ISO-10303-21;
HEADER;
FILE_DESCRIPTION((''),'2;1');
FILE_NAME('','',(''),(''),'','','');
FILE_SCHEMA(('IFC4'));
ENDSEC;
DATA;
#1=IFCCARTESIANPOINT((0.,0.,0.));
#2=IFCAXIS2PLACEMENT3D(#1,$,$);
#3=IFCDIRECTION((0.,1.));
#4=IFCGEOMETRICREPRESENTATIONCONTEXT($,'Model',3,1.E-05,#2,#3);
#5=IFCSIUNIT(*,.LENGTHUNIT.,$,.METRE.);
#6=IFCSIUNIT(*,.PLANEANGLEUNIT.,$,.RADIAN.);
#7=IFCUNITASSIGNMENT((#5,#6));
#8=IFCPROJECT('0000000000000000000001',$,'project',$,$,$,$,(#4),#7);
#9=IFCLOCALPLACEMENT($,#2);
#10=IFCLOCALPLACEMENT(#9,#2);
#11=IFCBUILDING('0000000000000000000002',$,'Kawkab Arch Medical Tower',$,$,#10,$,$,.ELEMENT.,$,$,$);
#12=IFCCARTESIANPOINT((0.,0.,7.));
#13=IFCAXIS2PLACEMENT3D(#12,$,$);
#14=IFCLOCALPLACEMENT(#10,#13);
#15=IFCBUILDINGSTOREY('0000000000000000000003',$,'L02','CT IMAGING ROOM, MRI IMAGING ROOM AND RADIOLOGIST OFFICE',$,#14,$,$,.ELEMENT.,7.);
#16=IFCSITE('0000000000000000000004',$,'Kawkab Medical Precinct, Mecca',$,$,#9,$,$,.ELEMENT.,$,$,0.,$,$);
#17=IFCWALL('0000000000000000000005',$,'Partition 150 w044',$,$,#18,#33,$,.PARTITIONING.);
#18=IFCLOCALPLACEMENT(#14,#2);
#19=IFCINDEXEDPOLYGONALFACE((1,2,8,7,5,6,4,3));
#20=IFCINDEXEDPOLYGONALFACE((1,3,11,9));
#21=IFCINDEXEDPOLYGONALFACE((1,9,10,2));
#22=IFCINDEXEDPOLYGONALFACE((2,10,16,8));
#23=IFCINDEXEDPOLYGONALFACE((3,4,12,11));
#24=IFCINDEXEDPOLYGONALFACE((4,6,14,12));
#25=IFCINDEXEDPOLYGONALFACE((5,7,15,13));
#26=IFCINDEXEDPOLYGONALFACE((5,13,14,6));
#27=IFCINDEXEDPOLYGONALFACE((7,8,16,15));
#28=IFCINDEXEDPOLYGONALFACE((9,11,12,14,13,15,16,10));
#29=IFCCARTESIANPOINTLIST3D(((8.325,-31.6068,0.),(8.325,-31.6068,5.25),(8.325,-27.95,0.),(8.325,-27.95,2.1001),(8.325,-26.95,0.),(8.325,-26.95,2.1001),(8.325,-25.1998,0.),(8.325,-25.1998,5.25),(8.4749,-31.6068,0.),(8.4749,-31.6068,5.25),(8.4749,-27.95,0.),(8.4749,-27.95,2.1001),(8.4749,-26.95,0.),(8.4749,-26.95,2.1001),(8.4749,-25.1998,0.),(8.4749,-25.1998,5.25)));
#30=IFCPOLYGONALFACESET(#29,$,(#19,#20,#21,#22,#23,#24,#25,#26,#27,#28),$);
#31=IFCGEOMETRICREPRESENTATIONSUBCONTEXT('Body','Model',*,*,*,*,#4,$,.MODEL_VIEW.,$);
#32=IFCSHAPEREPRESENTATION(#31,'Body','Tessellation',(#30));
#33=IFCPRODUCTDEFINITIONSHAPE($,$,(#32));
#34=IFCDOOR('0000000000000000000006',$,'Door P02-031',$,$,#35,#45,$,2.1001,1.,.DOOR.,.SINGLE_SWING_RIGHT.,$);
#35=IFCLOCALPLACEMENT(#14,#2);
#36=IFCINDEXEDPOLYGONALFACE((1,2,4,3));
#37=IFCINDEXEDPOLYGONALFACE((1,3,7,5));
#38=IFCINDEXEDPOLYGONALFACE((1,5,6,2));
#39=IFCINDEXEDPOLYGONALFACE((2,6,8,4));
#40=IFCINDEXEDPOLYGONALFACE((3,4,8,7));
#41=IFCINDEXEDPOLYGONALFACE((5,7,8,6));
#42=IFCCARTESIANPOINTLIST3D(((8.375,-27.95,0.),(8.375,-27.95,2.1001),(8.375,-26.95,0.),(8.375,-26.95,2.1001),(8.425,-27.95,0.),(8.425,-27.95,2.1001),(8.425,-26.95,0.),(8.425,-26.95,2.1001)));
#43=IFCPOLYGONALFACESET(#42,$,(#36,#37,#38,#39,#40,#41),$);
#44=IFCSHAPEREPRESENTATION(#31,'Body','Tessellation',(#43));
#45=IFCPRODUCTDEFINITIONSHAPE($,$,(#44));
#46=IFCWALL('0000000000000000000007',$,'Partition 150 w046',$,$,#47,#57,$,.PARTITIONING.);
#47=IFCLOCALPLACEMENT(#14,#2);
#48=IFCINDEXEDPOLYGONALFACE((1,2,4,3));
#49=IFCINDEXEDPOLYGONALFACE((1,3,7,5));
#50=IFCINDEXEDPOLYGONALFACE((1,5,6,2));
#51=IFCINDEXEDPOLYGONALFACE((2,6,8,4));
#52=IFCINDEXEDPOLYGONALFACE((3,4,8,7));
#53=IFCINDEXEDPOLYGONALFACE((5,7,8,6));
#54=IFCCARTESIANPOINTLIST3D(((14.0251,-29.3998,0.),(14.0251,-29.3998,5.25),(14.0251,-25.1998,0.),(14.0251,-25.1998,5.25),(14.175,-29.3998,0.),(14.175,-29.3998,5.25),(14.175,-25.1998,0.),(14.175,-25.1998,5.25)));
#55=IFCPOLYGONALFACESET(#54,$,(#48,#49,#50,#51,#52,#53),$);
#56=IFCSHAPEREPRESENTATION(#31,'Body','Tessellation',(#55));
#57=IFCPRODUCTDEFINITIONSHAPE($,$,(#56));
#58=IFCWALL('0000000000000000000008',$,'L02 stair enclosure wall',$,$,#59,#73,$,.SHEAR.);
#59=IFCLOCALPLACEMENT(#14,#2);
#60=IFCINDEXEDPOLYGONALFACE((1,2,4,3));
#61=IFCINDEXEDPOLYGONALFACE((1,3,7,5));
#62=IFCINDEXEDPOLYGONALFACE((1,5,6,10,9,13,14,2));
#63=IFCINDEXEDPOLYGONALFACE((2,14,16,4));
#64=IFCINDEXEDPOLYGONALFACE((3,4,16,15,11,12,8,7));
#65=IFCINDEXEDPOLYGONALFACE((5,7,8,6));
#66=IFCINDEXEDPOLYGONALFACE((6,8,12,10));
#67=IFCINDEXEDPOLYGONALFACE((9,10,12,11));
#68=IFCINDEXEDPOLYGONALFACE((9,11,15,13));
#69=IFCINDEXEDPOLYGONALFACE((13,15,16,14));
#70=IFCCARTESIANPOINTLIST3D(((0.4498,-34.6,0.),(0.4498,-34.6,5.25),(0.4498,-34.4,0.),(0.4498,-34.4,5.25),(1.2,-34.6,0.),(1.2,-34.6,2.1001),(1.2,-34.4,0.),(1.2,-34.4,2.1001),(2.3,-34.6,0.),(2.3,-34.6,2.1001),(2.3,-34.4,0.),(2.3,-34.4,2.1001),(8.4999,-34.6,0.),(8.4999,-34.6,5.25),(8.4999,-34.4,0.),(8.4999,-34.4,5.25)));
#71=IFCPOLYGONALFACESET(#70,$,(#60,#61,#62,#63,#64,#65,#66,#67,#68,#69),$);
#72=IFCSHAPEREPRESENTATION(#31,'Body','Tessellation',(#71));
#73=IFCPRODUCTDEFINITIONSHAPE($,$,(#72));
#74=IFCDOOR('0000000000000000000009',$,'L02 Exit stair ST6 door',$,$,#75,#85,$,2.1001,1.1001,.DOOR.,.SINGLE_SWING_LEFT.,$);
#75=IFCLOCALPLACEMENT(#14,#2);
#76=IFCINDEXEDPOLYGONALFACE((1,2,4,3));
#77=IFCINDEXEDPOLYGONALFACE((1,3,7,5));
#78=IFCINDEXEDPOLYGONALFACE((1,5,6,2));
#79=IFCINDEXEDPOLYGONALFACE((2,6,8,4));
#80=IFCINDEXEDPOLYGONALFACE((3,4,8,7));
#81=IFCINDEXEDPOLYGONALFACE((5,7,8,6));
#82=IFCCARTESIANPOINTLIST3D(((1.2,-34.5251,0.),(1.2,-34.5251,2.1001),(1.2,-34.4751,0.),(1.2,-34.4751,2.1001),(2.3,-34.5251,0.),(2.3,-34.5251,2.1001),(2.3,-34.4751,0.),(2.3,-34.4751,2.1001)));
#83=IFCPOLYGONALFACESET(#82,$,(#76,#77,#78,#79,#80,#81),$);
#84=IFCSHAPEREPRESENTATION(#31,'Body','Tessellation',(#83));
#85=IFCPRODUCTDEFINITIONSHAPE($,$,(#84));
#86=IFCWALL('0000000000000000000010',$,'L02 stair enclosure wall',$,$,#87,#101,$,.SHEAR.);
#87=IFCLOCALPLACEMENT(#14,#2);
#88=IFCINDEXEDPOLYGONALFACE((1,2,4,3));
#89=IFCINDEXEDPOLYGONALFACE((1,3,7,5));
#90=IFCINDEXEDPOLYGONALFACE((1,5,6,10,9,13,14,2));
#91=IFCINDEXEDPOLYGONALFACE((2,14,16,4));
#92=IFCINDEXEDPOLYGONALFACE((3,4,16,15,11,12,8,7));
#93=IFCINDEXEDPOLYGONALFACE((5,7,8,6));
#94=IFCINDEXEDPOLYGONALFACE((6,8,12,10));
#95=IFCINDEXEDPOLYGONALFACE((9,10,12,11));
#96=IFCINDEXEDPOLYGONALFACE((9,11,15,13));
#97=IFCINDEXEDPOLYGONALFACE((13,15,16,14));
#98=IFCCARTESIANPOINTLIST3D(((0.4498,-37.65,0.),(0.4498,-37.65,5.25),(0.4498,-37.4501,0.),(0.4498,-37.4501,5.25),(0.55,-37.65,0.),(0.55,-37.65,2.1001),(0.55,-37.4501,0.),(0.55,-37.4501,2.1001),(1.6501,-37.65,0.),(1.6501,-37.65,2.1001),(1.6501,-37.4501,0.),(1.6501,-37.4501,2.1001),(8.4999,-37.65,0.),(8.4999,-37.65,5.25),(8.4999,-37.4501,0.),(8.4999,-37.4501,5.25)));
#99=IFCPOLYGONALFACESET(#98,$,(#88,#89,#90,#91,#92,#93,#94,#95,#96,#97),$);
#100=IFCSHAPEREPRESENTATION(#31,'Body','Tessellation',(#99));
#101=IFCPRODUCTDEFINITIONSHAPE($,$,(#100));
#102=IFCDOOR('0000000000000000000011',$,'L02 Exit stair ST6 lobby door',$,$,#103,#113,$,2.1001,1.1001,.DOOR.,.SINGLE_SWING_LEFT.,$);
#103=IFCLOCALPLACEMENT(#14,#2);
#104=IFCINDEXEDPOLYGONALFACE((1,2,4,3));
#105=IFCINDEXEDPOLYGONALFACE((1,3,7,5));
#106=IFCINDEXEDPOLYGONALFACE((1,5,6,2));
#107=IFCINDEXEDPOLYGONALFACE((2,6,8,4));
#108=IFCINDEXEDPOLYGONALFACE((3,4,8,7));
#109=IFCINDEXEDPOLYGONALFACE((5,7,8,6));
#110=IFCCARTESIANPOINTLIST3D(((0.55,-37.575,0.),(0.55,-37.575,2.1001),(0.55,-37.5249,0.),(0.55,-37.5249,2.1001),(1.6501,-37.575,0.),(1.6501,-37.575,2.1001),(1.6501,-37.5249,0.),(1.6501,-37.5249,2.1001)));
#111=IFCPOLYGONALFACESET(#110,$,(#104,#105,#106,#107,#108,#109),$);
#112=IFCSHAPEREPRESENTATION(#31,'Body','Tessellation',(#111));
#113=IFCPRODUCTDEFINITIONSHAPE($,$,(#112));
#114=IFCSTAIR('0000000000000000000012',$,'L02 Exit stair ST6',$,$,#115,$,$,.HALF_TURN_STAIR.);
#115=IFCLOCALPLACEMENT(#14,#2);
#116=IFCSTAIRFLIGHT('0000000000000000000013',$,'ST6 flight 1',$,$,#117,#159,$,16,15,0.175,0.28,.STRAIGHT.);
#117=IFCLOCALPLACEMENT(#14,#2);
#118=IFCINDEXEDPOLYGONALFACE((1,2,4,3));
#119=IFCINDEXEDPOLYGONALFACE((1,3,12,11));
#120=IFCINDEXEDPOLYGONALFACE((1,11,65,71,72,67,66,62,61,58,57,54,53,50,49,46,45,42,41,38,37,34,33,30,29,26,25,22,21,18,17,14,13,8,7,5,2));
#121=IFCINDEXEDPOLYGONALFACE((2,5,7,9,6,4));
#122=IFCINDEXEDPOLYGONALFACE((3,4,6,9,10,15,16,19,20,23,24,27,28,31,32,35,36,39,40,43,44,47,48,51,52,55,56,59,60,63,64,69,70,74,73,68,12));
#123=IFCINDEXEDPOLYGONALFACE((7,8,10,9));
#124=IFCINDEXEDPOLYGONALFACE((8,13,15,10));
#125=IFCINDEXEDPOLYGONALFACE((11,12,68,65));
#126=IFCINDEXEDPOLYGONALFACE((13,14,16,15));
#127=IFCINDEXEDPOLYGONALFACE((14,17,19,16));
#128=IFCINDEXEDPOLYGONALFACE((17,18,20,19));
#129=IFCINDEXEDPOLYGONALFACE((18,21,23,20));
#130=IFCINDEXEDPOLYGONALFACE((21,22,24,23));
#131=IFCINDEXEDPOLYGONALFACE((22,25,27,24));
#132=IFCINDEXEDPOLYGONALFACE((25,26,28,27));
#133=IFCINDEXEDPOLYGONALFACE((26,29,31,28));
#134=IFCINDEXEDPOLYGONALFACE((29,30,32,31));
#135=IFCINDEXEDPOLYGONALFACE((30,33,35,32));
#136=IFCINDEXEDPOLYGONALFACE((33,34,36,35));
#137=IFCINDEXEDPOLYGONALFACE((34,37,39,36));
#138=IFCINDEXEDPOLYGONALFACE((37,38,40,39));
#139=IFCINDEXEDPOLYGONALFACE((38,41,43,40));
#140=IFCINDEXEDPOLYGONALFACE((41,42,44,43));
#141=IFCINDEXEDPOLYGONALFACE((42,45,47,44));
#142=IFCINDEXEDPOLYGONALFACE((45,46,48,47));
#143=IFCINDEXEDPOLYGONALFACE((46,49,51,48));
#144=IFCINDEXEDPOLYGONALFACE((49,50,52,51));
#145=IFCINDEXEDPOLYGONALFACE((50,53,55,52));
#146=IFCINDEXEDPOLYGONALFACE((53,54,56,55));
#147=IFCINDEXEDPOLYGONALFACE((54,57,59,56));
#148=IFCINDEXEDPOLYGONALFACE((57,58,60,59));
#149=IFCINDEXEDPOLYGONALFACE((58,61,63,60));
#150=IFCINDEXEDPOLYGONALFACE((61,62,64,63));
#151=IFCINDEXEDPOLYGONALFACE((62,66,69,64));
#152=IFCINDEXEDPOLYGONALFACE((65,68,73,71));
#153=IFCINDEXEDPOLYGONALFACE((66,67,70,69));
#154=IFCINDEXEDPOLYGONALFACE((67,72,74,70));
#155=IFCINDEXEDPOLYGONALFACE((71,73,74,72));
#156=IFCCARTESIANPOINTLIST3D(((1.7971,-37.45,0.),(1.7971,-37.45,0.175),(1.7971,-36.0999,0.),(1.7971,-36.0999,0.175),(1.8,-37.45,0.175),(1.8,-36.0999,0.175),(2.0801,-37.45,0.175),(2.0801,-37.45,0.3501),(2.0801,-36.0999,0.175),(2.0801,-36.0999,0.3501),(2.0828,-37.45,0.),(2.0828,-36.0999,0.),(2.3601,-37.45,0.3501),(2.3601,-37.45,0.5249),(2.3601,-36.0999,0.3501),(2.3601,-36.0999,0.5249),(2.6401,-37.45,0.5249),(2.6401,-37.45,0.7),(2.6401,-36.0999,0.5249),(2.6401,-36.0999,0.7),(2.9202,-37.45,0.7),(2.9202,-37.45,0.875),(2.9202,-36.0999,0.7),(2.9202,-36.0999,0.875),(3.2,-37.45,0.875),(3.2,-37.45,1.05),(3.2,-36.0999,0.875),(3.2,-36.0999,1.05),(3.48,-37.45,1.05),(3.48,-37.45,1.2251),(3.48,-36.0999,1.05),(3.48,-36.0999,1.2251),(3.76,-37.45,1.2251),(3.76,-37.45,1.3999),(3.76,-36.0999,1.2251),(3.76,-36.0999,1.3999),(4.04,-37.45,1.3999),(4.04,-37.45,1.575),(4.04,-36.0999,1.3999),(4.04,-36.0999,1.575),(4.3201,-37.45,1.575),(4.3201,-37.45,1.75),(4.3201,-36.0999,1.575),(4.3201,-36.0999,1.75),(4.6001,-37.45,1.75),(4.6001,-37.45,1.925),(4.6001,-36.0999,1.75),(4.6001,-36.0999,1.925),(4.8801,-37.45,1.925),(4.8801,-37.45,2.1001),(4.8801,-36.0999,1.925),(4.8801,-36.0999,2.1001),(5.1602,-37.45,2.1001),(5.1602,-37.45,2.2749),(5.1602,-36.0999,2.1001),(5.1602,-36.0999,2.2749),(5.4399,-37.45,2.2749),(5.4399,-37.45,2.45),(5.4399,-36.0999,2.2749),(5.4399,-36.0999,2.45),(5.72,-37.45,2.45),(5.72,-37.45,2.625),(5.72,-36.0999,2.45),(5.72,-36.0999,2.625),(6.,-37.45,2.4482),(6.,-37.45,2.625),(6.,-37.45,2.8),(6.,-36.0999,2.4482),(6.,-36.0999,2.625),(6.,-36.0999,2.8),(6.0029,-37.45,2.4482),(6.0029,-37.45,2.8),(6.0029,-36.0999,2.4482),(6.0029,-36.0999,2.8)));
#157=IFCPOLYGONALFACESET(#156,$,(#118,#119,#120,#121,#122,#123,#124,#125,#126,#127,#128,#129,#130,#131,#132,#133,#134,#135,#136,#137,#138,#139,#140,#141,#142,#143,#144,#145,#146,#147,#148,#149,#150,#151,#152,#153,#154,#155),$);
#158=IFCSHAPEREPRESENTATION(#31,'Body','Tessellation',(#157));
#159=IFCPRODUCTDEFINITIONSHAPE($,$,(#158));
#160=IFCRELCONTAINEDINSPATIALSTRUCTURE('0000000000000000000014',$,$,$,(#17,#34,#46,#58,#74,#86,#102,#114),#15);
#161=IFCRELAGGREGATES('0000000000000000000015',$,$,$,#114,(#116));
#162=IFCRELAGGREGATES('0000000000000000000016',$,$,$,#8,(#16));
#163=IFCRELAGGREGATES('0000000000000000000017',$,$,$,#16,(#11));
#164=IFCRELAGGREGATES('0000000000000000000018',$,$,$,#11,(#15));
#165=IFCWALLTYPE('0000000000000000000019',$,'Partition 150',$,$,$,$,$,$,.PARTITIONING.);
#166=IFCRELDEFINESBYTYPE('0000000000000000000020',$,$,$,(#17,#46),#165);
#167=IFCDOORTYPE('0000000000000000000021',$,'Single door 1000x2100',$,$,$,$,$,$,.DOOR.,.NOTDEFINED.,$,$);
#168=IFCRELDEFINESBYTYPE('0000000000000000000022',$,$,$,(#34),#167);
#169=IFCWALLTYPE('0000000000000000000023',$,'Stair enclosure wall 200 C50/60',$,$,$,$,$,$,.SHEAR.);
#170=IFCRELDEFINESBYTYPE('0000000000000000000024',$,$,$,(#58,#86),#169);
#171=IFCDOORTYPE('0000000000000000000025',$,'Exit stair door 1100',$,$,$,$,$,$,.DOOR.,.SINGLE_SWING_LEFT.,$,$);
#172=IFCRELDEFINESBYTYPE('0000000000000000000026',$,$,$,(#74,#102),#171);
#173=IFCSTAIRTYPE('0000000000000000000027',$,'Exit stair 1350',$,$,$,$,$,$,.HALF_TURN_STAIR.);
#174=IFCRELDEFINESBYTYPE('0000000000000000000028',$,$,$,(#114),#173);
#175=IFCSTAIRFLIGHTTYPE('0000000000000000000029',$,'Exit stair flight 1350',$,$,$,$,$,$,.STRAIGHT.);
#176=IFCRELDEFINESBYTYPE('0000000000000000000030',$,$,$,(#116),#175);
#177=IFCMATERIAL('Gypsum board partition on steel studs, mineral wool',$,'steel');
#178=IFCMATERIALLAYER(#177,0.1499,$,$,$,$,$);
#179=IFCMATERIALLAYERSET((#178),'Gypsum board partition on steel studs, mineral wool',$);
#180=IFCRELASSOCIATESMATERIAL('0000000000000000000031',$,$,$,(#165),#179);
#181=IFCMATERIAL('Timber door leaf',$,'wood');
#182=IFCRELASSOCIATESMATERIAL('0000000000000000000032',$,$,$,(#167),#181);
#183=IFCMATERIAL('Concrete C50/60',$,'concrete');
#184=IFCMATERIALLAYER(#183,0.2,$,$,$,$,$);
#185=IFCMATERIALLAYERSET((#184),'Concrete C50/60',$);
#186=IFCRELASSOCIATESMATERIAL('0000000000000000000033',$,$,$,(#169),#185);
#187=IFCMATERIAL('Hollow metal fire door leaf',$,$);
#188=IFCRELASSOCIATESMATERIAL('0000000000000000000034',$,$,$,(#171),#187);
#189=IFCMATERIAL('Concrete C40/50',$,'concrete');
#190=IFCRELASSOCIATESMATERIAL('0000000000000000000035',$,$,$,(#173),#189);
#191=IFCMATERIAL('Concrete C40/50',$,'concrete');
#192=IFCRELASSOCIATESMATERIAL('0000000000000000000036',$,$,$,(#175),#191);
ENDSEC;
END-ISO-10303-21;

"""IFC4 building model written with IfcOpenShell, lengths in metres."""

from ifc_helpers import new_model, si_unit, direction, frame, frame_2d, origin, place, context, subcontext, project, spatial, polyline, rectangle, outline, extrude, material, layer, layer_set, type_object, element, fill, aggregate, save


model = new_model("IFC4")

# Units and contexts
model_context = context("Model", 3, precision=1e-05, world=origin(), true_north=direction((0.0, 1.0)))
body_context = subcontext(model_context, "Body", "Model", "MODEL_VIEW")
ifc_project = project(units=[si_unit("LENGTHUNIT", "METRE"), si_unit("PLANEANGLEUNIT", "RADIAN")], contexts=[model_context])

# Site, building, storey
site_placement = place(None, origin())
site = spatial("IfcSite", under=ifc_project, at=site_placement, Name="Kawkab Medical Precinct, Mecca", CompositionType="ELEMENT", RefElevation=0.0)
building_placement = place(site_placement, origin())
building = spatial("IfcBuilding", under=site, at=building_placement, Name="Kawkab Arch Medical Tower", CompositionType="ELEMENT")
storey_placement = place(building_placement, frame((0.0, 0.0, 7.0)))
storey = spatial("IfcBuildingStorey", under=building, at=storey_placement, Name="L02", Description="CT IMAGING ROOM, MRI IMAGING ROOM AND RADIOLOGIST OFFICE", CompositionType="ELEMENT", Elevation=7.0)

# Shared definitions
ifc_material_1 = material(Name="Gypsum board partition on steel studs, mineral wool", Category="steel")
ifc_layer_1 = layer(ifc_material_1, 0.1499)
ifc_layer_set_1 = layer_set([ifc_layer_1], Name="Gypsum board partition on steel studs, mineral wool")
wall_type_1 = type_object("IfcWallType", Name="Partition 150", PredefinedType="PARTITIONING", material=ifc_layer_set_1)

# Wall, opening, door
wall_1_placement = place(storey_placement, frame((8.3999, -31.6069, 0.0), z_axis=(0.0, 0.0, 1.0), x_axis=(0.0, 1.0, 0.0)))
wall_1 = element("IfcWall", 1, at=wall_1_placement, inside=storey, type_object=wall_type_1, Name="Partition 150 w044", PredefinedType="PARTITIONING", context=body_context, shape_type="SweptSolid", body=[
    extrude(rectangle(XDim=6.407, YDim=0.1499, at=frame_2d((3.2036, 0.0))), origin(), (0.0, 0.0, 1.0), 5.25),
])
opening_1_placement = place(wall_1_placement, frame((3.657, 0.0, 0.0)))
opening_1 = element("IfcOpeningElement", 2, at=opening_1_placement, cuts=wall_1, PredefinedType="OPENING", context=body_context, shape_type="SweptSolid", body=[
    extrude(rectangle(XDim=1.0, YDim=2.1001, at=frame_2d((0.5, 1.05))), frame((0.0, 0.085, 0.0), z_axis=(0.0, -1.0, 0.0), x_axis=(1.0, 0.0, 0.0)), (0.0, 0.0, 1.0), 0.1699),
])
ifc_material_2 = material(Name="Timber door leaf", Category="wood")
door_type_1 = type_object("IfcDoorType", Name="Single door 1000x2100", OperationType="NOTDEFINED", PredefinedType="DOOR", material=ifc_material_2)
door_1_placement = place(opening_1_placement, origin())
door_1 = element("IfcDoor", 3, at=door_1_placement, inside=storey, type_object=door_type_1, Name="Door P02-031", OperationType="SINGLE_SWING_RIGHT", OverallHeight=2.1001, OverallWidth=1.0, PredefinedType="DOOR", context=body_context, shape_type="SweptSolid", body=[
    extrude(rectangle(XDim=1.0, YDim=2.1001, at=frame_2d((0.5, 1.05))), frame((0.0, 0.0249, 0.0), z_axis=(0.0, -1.0, 0.0), x_axis=(1.0, 0.0, 0.0)), (0.0, 0.0, 1.0), 0.05),
])
fill(opening_1, door_1)

# Wall
wall_2_placement = place(storey_placement, frame((14.1001, -29.3999, 0.0), z_axis=(0.0, 0.0, 1.0), x_axis=(0.0, 1.0, 0.0)))
element("IfcWall", 4, at=wall_2_placement, inside=storey, type_object=wall_type_1, Name="Partition 150 w046", PredefinedType="PARTITIONING", context=body_context, shape_type="SweptSolid", body=[
    extrude(rectangle(XDim=4.2, YDim=0.1499, at=frame_2d((2.1001, 0.0))), origin(), (0.0, 0.0, 1.0), 5.25),
])

# Walls, openings, doors
ifc_material_3 = material(Name="Concrete C50/60", Category="concrete")
ifc_layer_2 = layer(ifc_material_3, 0.2)
ifc_layer_set_2 = layer_set([ifc_layer_2], Name="Concrete C50/60")
wall_type_2 = type_object("IfcWallType", Name="Stair enclosure wall 200 C50/60", PredefinedType="SHEAR", material=ifc_layer_set_2)
wall_3_placement = place(storey_placement, frame((0.45, -34.5, 0.0), z_axis=(0.0, 0.0, 1.0), x_axis=(1.0, 0.0, 0.0)))
wall_3 = element("IfcWall", 5, at=wall_3_placement, inside=storey, type_object=wall_type_2, Name="L02 stair enclosure wall", PredefinedType="SHEAR", context=body_context, shape_type="SweptSolid", body=[
    extrude(rectangle(XDim=8.05, YDim=0.2, at=frame_2d((4.0249, 0.0))), origin(), (0.0, 0.0, 1.0), 5.25),
])
opening_2_placement = place(wall_3_placement, frame((0.75, 0.0, 0.0)))
opening_2 = element("IfcOpeningElement", 6, at=opening_2_placement, cuts=wall_3, PredefinedType="OPENING", context=body_context, shape_type="SweptSolid", body=[
    extrude(rectangle(XDim=1.1001, YDim=2.1001, at=frame_2d((0.55, 1.05))), frame((0.0, 0.1099, 0.0), z_axis=(0.0, -1.0, 0.0), x_axis=(1.0, 0.0, 0.0)), (0.0, 0.0, 1.0), 0.22),
])
ifc_material_4 = material(Name="Hollow metal fire door leaf")
door_type_2 = type_object("IfcDoorType", Name="Exit stair door 1100", OperationType="SINGLE_SWING_LEFT", PredefinedType="DOOR", material=ifc_material_4)
door_2_placement = place(opening_2_placement, origin())
door_2 = element("IfcDoor", 7, at=door_2_placement, inside=storey, type_object=door_type_2, Name="L02 Exit stair ST6 door", OperationType="SINGLE_SWING_LEFT", OverallHeight=2.1001, OverallWidth=1.1001, PredefinedType="DOOR", context=body_context, shape_type="SweptSolid", body=[
    extrude(rectangle(XDim=1.1001, YDim=2.1001, at=frame_2d((0.55, 1.05))), frame((0.0, 0.0249, 0.0), z_axis=(0.0, -1.0, 0.0), x_axis=(1.0, 0.0, 0.0)), (0.0, 0.0, 1.0), 0.05),
])
fill(opening_2, door_2)
wall_4_placement = place(storey_placement, frame((0.45, -37.55, 0.0), z_axis=(0.0, 0.0, 1.0), x_axis=(1.0, 0.0, 0.0)))
wall_4 = element("IfcWall", 8, at=wall_4_placement, inside=storey, type_object=wall_type_2, Name="L02 stair enclosure wall", PredefinedType="SHEAR", context=body_context, shape_type="SweptSolid", body=[
    extrude(rectangle(XDim=8.05, YDim=0.2, at=frame_2d((4.0249, 0.0))), origin(), (0.0, 0.0, 1.0), 5.25),
])
opening_3_placement = place(wall_4_placement, frame((0.1001, 0.0, 0.0)))
opening_3 = element("IfcOpeningElement", 9, at=opening_3_placement, cuts=wall_4, PredefinedType="OPENING", context=body_context, shape_type="SweptSolid", body=[
    extrude(rectangle(XDim=1.1001, YDim=2.1001, at=frame_2d((0.55, 1.05))), frame((0.0, 0.1099, 0.0), z_axis=(0.0, -1.0, 0.0), x_axis=(1.0, 0.0, 0.0)), (0.0, 0.0, 1.0), 0.22),
])
door_3_placement = place(opening_3_placement, frame((1.1001, 0.0, 0.0), z_axis=(0.0, 0.0, 1.0), x_axis=(-1.0, 0.0, 0.0)))
door_3 = element("IfcDoor", 10, at=door_3_placement, inside=storey, type_object=door_type_2, Name="L02 Exit stair ST6 lobby door", OperationType="SINGLE_SWING_LEFT", OverallHeight=2.1001, OverallWidth=1.1001, PredefinedType="DOOR", context=body_context, shape_type="SweptSolid", body=[
    extrude(rectangle(XDim=1.1001, YDim=2.1001, at=frame_2d((0.55, 1.05))), frame((0.0, 0.0249, 0.0), z_axis=(0.0, -1.0, 0.0), x_axis=(1.0, 0.0, 0.0)), (0.0, 0.0, 1.0), 0.05),
])
fill(opening_3, door_3)

# Stair, stair flight
ifc_material_5 = material(Name="Concrete C40/50", Category="concrete")
stair_type = type_object("IfcStairType", Name="Exit stair 1350", PredefinedType="HALF_TURN_STAIR", material=ifc_material_5)
stair_placement = place(storey_placement, origin())
stair = element("IfcStair", 11, at=stair_placement, inside=storey, type_object=stair_type, Name="L02 Exit stair ST6", PredefinedType="HALF_TURN_STAIR")
ifc_material_6 = material(Name="Concrete C40/50", Category="concrete")
stair_flight_type = type_object("IfcStairFlightType", Name="Exit stair flight 1350", PredefinedType="STRAIGHT", material=ifc_material_6)
stair_flight_1_placement = place(storey_placement, frame((1.8, -36.7749, 0.0), z_axis=(0.0, 0.0, 1.0), x_axis=(1.0, 0.0, 0.0)))
stair_flight_1 = element("IfcStairFlight", 12, at=stair_flight_1_placement, type_object=stair_flight_type, Name="ST6 flight 1", NumberOfRisers=16, NumberOfTreads=15, PredefinedType="STRAIGHT", RiserHeight=0.175, TreadLength=0.28, context=body_context, shape_type="SweptSolid", body=[
    extrude(outline(polyline([(-0.0029, 0.0), (-0.0029, 0.175), (0.0, 0.175), (0.28, 0.175), (0.28, 0.3501), (0.5601, 0.3501), (0.5601, 0.5249), (0.8401, 0.5249), (0.8401, 0.7), (1.1201, 0.7), (1.1201, 0.875), (1.3999, 0.875), (1.3999, 1.05), (1.6799, 1.05), (1.6799, 1.2251), (1.96, 1.2251), (1.96, 1.3999), (2.24, 1.3999), (2.24, 1.575), (2.52, 1.575), (2.52, 1.75), (2.8, 1.75), (2.8, 1.925), (3.0801, 1.925), (3.0801, 2.1001), (3.3601, 2.1001), (3.3601, 2.2749), (3.6399, 2.2749), (3.6399, 2.45), (3.9199, 2.45), (3.9199, 2.625), (4.2, 2.625), (4.2, 2.8), (4.2029, 2.8), (4.2029, 2.4482), (4.2, 2.4482), (0.2827, 0.0), (-0.0029, 0.0)])), frame((0.0, 0.675, 0.0), z_axis=(0.0, -1.0, 0.0), x_axis=(1.0, 0.0, 0.0)), (0.0, 0.0, 1.0), 1.3501),
])
aggregate(stair, [stair_flight_1])

save(model, "model.ifc")
